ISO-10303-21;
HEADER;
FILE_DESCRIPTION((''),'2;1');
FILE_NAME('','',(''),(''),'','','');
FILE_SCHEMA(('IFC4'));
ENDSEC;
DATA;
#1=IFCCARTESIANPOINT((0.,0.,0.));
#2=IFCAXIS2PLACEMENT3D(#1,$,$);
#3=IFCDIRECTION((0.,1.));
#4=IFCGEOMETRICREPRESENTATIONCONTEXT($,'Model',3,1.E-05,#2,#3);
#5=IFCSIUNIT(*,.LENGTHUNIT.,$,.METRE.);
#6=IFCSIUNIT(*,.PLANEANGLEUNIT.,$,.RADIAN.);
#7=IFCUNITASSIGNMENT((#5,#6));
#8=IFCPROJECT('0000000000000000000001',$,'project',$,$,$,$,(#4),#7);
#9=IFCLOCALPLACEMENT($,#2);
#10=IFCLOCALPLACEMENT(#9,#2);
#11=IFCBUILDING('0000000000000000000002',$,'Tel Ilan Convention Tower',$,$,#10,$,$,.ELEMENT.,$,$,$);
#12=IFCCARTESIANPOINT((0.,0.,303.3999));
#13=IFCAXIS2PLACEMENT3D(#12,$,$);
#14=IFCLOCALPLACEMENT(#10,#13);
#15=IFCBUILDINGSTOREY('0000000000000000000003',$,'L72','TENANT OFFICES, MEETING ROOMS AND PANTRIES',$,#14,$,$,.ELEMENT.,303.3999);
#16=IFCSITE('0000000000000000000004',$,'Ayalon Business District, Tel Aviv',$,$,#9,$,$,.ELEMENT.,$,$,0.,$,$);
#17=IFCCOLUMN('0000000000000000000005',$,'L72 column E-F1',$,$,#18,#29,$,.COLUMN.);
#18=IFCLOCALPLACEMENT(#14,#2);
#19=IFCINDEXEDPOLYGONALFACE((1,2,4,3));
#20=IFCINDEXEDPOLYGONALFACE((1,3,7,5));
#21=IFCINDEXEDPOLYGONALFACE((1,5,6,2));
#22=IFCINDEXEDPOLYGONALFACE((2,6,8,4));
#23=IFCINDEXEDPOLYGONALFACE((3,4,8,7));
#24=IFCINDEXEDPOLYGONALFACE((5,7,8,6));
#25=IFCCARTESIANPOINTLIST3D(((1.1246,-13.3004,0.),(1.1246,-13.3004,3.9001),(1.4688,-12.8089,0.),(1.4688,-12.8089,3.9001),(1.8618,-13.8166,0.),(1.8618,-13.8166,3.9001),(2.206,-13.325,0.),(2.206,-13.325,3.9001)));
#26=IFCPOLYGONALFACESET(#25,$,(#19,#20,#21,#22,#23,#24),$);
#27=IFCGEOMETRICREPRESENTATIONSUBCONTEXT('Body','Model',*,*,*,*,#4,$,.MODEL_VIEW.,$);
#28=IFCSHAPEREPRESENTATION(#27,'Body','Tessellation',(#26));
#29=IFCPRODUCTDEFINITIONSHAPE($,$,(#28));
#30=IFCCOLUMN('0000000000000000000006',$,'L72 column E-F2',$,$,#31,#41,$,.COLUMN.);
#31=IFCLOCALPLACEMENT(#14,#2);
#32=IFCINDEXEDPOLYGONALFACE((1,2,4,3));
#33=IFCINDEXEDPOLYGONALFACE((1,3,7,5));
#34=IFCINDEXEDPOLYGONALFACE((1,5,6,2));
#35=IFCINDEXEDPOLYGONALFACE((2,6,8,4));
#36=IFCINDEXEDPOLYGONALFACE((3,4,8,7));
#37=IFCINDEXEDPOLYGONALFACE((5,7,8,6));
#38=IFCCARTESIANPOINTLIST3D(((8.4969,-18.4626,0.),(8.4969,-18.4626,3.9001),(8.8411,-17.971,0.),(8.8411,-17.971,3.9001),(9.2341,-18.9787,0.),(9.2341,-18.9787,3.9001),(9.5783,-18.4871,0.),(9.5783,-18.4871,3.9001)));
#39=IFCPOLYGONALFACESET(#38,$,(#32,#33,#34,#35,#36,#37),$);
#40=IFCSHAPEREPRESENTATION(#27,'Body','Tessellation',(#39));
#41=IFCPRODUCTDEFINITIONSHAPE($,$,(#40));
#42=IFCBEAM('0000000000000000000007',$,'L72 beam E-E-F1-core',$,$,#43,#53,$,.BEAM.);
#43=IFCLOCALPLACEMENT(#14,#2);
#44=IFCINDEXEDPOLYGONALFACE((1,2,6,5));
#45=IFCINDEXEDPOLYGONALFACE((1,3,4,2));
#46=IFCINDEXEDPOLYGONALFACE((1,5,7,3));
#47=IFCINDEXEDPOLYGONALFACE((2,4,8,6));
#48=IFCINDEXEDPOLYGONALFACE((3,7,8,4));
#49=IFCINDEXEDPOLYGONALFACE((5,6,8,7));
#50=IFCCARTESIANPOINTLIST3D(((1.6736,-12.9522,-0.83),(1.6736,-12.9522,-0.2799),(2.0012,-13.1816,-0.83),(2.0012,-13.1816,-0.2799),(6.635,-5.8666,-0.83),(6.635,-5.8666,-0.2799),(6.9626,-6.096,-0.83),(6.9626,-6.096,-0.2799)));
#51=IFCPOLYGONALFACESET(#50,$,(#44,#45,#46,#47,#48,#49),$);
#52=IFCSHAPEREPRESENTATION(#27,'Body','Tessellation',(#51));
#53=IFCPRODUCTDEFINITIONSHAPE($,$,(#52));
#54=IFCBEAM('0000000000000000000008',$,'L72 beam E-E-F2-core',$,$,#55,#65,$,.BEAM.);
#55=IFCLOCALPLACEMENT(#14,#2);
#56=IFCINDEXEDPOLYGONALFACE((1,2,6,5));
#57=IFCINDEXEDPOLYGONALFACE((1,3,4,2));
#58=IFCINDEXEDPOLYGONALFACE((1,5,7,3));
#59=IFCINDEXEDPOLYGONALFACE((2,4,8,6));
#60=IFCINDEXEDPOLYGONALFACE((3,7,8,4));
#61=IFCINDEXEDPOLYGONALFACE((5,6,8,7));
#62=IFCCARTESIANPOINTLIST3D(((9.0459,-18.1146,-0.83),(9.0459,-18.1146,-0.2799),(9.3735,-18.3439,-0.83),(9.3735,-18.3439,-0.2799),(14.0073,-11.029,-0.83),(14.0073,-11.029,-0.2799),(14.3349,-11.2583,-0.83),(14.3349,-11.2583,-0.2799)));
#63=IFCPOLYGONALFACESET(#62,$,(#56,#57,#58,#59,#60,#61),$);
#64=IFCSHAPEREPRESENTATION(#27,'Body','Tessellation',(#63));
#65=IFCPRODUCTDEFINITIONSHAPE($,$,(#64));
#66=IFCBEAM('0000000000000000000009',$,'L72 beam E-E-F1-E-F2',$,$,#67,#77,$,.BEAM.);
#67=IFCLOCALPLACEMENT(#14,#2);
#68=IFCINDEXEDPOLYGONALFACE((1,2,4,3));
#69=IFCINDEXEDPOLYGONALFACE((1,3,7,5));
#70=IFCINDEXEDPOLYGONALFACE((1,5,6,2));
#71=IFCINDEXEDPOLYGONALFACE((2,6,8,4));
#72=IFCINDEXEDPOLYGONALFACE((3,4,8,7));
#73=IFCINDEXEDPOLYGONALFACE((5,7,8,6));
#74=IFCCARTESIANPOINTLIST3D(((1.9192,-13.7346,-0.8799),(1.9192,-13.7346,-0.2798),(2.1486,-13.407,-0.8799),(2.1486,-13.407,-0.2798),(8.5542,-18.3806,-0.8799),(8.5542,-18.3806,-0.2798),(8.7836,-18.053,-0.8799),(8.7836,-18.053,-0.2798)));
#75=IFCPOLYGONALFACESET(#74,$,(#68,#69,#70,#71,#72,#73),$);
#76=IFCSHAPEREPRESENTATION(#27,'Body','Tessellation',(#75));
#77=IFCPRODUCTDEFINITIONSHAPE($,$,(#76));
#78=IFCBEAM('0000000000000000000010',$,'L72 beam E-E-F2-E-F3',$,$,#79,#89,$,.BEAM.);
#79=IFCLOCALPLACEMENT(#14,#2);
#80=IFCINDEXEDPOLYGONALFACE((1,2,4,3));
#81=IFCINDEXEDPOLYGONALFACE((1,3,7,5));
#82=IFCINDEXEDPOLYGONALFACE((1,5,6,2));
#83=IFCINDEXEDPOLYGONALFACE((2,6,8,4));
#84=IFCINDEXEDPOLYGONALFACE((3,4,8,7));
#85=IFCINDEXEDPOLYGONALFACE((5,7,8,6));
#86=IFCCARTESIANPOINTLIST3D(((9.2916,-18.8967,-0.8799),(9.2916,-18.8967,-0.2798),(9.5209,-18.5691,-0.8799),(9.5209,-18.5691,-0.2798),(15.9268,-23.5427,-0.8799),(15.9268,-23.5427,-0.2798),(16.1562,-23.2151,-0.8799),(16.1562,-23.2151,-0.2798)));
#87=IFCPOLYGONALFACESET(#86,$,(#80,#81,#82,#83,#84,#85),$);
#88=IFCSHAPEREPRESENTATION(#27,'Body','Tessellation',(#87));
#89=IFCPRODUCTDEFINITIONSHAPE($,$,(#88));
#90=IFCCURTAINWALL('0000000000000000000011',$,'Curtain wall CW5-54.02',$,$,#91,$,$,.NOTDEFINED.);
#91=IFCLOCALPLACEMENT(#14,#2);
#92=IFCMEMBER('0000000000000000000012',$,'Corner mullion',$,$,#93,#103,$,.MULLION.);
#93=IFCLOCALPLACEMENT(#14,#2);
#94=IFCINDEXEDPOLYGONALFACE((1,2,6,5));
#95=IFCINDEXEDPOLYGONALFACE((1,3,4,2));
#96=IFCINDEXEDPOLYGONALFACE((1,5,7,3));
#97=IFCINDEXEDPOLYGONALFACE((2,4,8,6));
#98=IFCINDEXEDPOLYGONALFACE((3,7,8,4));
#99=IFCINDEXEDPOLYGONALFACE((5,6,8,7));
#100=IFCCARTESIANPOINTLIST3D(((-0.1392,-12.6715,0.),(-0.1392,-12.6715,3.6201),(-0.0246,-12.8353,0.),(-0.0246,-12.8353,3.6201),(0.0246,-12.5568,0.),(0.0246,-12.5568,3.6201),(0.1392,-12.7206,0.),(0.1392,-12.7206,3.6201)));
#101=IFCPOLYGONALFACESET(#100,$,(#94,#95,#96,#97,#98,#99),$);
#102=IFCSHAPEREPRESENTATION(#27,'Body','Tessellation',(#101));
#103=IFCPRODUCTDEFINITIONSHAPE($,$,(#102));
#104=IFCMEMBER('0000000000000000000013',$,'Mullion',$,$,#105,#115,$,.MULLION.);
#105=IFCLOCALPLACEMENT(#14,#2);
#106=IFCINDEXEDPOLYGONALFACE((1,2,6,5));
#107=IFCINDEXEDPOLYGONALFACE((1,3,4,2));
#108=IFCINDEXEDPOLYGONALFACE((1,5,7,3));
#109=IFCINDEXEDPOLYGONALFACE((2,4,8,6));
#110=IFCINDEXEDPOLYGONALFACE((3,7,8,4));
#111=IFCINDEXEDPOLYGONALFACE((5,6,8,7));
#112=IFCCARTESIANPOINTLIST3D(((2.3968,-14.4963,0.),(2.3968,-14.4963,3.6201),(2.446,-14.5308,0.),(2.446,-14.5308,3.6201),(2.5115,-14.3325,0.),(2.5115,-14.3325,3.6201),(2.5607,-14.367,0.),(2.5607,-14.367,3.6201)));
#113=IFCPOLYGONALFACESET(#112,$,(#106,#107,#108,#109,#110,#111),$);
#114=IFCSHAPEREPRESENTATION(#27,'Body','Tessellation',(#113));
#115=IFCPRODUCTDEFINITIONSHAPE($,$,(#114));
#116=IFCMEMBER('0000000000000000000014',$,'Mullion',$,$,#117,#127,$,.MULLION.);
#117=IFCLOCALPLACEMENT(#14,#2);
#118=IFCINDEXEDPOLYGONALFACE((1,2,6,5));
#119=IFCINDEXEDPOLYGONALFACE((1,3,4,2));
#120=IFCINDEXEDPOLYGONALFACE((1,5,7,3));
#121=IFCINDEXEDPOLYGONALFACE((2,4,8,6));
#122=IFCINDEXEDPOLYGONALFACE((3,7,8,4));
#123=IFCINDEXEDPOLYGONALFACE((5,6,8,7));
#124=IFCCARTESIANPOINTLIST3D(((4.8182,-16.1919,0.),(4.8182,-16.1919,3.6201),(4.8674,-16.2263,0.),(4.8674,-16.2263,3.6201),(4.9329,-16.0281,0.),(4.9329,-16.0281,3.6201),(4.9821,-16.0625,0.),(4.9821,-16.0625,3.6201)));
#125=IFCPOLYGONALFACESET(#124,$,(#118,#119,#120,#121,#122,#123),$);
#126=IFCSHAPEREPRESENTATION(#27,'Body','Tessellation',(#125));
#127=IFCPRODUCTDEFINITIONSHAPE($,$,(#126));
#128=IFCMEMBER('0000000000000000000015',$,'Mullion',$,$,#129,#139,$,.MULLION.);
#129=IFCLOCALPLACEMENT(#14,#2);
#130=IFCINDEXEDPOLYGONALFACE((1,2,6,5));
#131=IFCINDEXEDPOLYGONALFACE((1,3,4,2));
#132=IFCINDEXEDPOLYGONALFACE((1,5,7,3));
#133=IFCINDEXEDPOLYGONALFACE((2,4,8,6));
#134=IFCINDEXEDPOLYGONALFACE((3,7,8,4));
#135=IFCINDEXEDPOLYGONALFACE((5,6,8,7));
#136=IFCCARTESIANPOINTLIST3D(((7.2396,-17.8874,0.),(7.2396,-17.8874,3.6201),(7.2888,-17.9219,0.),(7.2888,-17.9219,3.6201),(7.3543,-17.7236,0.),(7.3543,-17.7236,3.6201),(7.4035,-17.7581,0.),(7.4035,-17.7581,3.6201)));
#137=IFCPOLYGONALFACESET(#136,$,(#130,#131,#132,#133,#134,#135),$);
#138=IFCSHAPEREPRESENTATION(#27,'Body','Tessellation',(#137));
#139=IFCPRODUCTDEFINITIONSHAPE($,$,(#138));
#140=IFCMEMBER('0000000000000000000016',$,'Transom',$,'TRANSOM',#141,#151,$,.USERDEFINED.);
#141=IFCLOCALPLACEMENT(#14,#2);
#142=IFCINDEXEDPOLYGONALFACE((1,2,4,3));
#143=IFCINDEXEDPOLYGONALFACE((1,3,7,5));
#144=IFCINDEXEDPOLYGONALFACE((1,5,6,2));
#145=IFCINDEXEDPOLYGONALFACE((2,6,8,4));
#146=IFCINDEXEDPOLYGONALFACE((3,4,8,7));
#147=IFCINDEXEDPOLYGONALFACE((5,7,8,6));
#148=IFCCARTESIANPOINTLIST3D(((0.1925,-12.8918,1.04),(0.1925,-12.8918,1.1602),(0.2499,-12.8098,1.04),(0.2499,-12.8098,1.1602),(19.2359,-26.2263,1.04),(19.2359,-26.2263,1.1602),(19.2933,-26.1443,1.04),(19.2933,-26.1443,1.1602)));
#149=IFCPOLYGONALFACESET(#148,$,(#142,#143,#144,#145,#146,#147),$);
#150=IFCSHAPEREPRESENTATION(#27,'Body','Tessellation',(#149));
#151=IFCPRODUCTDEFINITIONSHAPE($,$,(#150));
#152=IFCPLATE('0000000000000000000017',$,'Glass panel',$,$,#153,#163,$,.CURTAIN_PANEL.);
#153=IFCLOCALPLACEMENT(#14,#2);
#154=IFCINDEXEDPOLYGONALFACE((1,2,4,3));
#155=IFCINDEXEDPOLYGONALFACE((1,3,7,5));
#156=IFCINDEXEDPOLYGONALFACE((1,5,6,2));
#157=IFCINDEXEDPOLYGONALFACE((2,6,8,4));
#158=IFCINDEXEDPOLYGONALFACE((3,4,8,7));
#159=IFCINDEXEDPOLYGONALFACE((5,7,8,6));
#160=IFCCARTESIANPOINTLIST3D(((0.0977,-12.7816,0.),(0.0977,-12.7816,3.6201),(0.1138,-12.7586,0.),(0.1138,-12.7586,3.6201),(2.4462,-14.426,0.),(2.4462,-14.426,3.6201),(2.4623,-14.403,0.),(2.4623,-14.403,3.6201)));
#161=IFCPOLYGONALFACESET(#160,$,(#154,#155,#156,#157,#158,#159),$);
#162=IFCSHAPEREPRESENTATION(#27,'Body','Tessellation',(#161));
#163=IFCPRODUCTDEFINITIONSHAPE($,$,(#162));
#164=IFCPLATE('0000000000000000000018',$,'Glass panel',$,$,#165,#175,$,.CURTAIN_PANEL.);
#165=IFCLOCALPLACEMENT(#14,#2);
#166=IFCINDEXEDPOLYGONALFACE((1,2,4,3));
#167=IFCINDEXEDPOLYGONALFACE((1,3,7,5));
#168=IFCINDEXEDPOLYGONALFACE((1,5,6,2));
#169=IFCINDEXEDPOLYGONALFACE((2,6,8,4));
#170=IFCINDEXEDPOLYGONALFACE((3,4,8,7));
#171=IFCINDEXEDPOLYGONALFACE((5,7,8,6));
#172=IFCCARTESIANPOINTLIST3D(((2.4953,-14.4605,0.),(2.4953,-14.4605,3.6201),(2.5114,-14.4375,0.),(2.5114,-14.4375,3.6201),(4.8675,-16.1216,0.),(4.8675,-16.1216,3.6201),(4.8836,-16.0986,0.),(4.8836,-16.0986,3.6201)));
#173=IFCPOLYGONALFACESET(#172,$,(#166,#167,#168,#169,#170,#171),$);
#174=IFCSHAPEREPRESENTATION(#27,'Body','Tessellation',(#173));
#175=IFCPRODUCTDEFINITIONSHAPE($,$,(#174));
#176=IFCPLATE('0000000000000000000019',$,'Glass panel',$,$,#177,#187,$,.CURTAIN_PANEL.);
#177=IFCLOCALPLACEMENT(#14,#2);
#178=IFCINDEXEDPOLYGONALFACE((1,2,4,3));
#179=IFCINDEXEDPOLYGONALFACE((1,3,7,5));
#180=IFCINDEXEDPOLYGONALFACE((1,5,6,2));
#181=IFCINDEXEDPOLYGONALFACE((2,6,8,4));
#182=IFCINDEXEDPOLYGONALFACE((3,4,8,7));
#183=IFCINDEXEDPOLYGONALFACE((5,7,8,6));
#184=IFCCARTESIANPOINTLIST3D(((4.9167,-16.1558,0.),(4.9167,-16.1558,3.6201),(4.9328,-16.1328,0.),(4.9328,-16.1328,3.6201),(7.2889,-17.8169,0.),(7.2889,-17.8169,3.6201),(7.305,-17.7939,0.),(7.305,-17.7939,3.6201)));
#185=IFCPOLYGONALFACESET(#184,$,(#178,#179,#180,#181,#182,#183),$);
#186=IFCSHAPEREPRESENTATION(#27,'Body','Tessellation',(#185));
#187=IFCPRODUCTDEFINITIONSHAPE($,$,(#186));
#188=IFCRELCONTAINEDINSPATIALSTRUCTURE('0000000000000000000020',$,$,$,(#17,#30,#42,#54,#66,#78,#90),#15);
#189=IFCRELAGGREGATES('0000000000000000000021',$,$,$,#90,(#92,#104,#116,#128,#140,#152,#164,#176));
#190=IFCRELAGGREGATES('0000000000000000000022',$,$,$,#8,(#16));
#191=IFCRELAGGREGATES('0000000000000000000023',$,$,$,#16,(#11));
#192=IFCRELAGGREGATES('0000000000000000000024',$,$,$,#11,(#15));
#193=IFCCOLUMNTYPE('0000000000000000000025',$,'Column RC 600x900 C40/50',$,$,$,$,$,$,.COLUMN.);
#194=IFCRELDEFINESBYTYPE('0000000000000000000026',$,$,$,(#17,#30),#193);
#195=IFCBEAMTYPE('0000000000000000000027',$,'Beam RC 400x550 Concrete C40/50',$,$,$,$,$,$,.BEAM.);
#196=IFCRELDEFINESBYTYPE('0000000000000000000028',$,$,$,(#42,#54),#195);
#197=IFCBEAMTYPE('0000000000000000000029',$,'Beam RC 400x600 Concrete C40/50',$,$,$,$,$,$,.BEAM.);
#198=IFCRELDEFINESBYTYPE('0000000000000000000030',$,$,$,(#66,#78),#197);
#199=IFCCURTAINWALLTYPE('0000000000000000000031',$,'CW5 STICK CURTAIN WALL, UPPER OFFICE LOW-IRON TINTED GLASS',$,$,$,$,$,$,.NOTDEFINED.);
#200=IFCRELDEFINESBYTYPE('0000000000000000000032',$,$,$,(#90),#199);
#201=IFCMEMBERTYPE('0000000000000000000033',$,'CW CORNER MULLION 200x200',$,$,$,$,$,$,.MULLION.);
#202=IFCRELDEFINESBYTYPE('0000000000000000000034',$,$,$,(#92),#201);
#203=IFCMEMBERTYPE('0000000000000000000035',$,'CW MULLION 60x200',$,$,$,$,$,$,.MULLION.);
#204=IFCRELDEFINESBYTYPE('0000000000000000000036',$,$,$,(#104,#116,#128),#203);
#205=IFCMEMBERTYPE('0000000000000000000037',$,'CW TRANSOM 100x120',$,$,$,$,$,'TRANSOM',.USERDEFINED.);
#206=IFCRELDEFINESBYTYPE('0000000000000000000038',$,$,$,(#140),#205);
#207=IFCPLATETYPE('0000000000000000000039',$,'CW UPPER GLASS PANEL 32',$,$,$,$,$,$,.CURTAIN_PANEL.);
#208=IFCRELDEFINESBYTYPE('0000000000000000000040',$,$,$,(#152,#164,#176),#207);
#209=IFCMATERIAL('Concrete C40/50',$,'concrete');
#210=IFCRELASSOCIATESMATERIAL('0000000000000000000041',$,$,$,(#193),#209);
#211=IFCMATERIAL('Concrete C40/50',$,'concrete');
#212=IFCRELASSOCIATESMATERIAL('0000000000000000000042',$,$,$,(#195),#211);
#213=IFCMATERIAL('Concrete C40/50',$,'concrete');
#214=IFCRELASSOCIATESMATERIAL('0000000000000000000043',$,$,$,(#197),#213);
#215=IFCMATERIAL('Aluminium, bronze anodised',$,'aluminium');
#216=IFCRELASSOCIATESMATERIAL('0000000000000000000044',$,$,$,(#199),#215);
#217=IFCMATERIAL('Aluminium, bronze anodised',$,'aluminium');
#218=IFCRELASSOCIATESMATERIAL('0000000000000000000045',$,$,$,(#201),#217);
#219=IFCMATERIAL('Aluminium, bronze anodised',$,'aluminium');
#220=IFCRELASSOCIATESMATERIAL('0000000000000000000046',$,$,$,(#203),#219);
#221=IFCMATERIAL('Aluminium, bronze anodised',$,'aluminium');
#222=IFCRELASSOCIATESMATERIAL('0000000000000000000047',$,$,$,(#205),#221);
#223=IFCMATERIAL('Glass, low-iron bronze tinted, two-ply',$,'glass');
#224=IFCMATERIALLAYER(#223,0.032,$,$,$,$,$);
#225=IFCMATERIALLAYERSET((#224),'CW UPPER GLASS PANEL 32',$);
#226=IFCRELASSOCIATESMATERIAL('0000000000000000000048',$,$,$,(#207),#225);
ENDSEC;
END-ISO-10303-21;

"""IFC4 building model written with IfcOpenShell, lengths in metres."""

from ifc_helpers import new_model, si_unit, direction, frame, origin, origin_2d, place, context, subcontext, project, spatial, rectangle, extrude, material, layer, layer_set, material_profile, profile_set, type_object, element, aggregate, save


model = new_model("IFC4")

# Units and contexts
model_context = context("Model", 3, precision=1e-05, world=origin(), true_north=direction((0.0, 1.0)))
body_context = subcontext(model_context, "Body", "Model", "MODEL_VIEW")
ifc_project = project(units=[si_unit("LENGTHUNIT", "METRE"), si_unit("PLANEANGLEUNIT", "RADIAN")], contexts=[model_context])

# Site, building, storey
site_placement = place(None, origin())
site = spatial("IfcSite", under=ifc_project, at=site_placement, Name="Ayalon Business District, Tel Aviv", CompositionType="ELEMENT", RefElevation=0.0)
building_placement = place(site_placement, origin())
building = spatial("IfcBuilding", under=site, at=building_placement, Name="Tel Ilan Convention Tower", CompositionType="ELEMENT")
storey_placement = place(building_placement, frame((0.0, 0.0, 303.3999)))
storey = spatial("IfcBuildingStorey", under=building, at=storey_placement, Name="L72", Description="TENANT OFFICES, MEETING ROOMS AND PANTRIES", CompositionType="ELEMENT", Elevation=303.3999)

# Columns
ifc_material_1 = material(Name="Concrete C40/50", Category="concrete")
ifc_material_profile_1 = material_profile(ifc_material_1, rectangle(XDim=0.8999, YDim=0.6001, at=origin_2d()), Name="RC 600x900")
ifc_profile_set_1 = profile_set([ifc_material_profile_1], Name="Concrete C40/50")
column_type = type_object("IfcColumnType", Name="Column RC 600x900 C40/50", PredefinedType="COLUMN", material=ifc_profile_set_1)
for number, where, z_axis, x_axis, name in (
    (1, (1.6653, -13.3127, 0.0), (0.0, 0.0, 1.0), (0.819152, -0.573576, 0.0), "L72 column E-F1"),
    (2, (9.0376, -18.4749, 0.0), (0.0, 0.0, 1.0), (0.819152, -0.573576, 0.0), "L72 column E-F2"),
):
    element("IfcColumn", number, at=place(storey_placement, frame(where, z_axis=z_axis, x_axis=x_axis)), inside=storey, type_object=column_type, Name=name, PredefinedType="COLUMN", context=body_context, shape_type="SweptSolid", body=[
        extrude(rectangle(XDim=0.8999, YDim=0.6001, at=origin_2d()), origin(), (0.0, 0.0, 1.0), 3.9001),
    ])

# Beams
ifc_material_2 = material(Name="Concrete C40/50", Category="concrete")
ifc_material_profile_2 = material_profile(ifc_material_2, rectangle(XDim=0.3999, YDim=0.55, at=origin_2d()), Name="RC 400x550")
ifc_profile_set_2 = profile_set([ifc_material_profile_2], Name="Concrete C40/50")
beam_type_1 = type_object("IfcBeamType", Name="Beam RC 400x550 Concrete C40/50", PredefinedType="BEAM", material=ifc_profile_set_2)
for number, where, z_axis, x_axis, name in (
    (3, (1.8374, -13.0669, -0.5549), (0.573574, 0.819154, 0.0), (-0.819154, 0.573574, 0.0), "L72 beam E-E-F1-core"),
    (4, (9.2097, -18.2292, -0.5549), (0.573574, 0.819154, 0.0), (-0.819154, 0.573574, 0.0), "L72 beam E-E-F2-core"),
):
    element("IfcBeam", number, at=place(storey_placement, frame(where, z_axis=z_axis, x_axis=x_axis)), inside=storey, type_object=beam_type_1, Name=name, PredefinedType="BEAM", context=body_context, shape_type="SweptSolid", body=[
        extrude(rectangle(XDim=0.3999, YDim=0.55, at=origin_2d()), origin(), (0.0, 0.0, 1.0), 8.6499),
    ])
ifc_material_3 = material(Name="Concrete C40/50", Category="concrete")
ifc_material_profile_3 = material_profile(ifc_material_3, rectangle(XDim=0.3999, YDim=0.6001, at=origin_2d()), Name="RC 400x600")
ifc_profile_set_3 = profile_set([ifc_material_profile_3], Name="Concrete C40/50")
beam_type_2 = type_object("IfcBeamType", Name="Beam RC 400x600 Concrete C40/50", PredefinedType="BEAM", material=ifc_profile_set_3)
beam_1_placement = place(storey_placement, frame((2.0339, -13.5708, -0.5798), z_axis=(0.819146, -0.573586, 0.0), x_axis=(0.573586, 0.819146, 0.0)))
element("IfcBeam", 5, at=beam_1_placement, inside=storey, type_object=beam_type_2, Name="L72 beam E-E-F1-E-F2", PredefinedType="BEAM", context=body_context, shape_type="SweptSolid", body=[
    extrude(rectangle(XDim=0.3999, YDim=0.6001, at=origin_2d()), origin(), (0.0, 0.0, 1.0), 8.0999),
])
beam_2_placement = place(storey_placement, frame((9.4062, -18.7329, -0.5798), z_axis=(0.819155, -0.573572, 0.0), x_axis=(0.573572, 0.819155, 0.0)))
element("IfcBeam", 6, at=beam_2_placement, inside=storey, type_object=beam_type_2, Name="L72 beam E-E-F2-E-F3", PredefinedType="BEAM", context=body_context, shape_type="SweptSolid", body=[
    extrude(rectangle(XDim=0.3999, YDim=0.6001, at=origin_2d()), origin(), (0.0, 0.0, 1.0), 8.1001),
])

# Curtain wall, members, plates
ifc_material_4 = material(Name="Aluminium, bronze anodised", Category="aluminium")
curtain_wall_type = type_object("IfcCurtainWallType", Name="CW5 STICK CURTAIN WALL, UPPER OFFICE LOW-IRON TINTED GLASS", PredefinedType="NOTDEFINED", material=ifc_material_4)
curtain_wall_placement = place(storey_placement, origin())
curtain_wall = element("IfcCurtainWall", 7, at=curtain_wall_placement, inside=storey, type_object=curtain_wall_type, Name="Curtain wall CW5-54.02", PredefinedType="NOTDEFINED")
ifc_material_5 = material(Name="Aluminium, bronze anodised", Category="aluminium")
ifc_material_profile_4 = material_profile(ifc_material_5, rectangle(XDim=0.2, YDim=0.2, at=origin_2d()), Name="CW CORNER MULLION 200x200")
ifc_profile_set_4 = profile_set([ifc_material_profile_4], Name="Aluminium, bronze anodised")
member_type_1 = type_object("IfcMemberType", Name="CW CORNER MULLION 200x200", PredefinedType="MULLION", material=ifc_profile_set_4)
member_1_placement = place(storey_placement, frame((0.0, -12.696, 0.0), z_axis=(0.0, 0.0, 1.0), x_axis=(0.819152, 0.573576, 0.0)))
member_1 = element("IfcMember", 8, at=member_1_placement, type_object=member_type_1, Name="Corner mullion", PredefinedType="MULLION", context=body_context, shape_type="SweptSolid", body=[
    extrude(rectangle(XDim=0.2, YDim=0.2, at=origin_2d()), origin(), (0.0, 0.0, 1.0), 3.6201),
])
ifc_material_6 = material(Name="Aluminium, bronze anodised", Category="aluminium")
ifc_material_profile_5 = material_profile(ifc_material_6, rectangle(XDim=0.0601, YDim=0.2, at=origin_2d()), Name="CW MULLION 60x200")
ifc_profile_set_5 = profile_set([ifc_material_profile_5], Name="Aluminium, bronze anodised")
member_type_2 = type_object("IfcMemberType", Name="CW MULLION 60x200", PredefinedType="MULLION", material=ifc_profile_set_5)
member_2_placement = place(storey_placement, frame((2.4788, -14.4316, 0.0), z_axis=(0.0, 0.0, 1.0), x_axis=(0.819152, -0.573576, 0.0)))
member_2 = element("IfcMember", 9, at=member_2_placement, type_object=member_type_2, Name="Mullion", PredefinedType="MULLION", context=body_context, shape_type="SweptSolid", body=[
    extrude(rectangle(XDim=0.0601, YDim=0.2, at=origin_2d()), origin(), (0.0, 0.0, 1.0), 3.6201),
])
member_3_placement = place(storey_placement, frame((4.9001, -16.1272, 0.0), z_axis=(0.0, 0.0, 1.0), x_axis=(0.819152, -0.573576, 0.0)))
member_3 = element("IfcMember", 10, at=member_3_placement, type_object=member_type_2, Name="Mullion", PredefinedType="MULLION", context=body_context, shape_type="SweptSolid", body=[
    extrude(rectangle(XDim=0.0601, YDim=0.2, at=origin_2d()), origin(), (0.0, 0.0, 1.0), 3.6201),
])
member_4_placement = place(storey_placement, frame((7.3215, -17.8228, 0.0), z_axis=(0.0, 0.0, 1.0), x_axis=(0.819152, -0.573576, 0.0)))
member_4 = element("IfcMember", 11, at=member_4_placement, type_object=member_type_2, Name="Mullion", PredefinedType="MULLION", context=body_context, shape_type="SweptSolid", body=[
    extrude(rectangle(XDim=0.0601, YDim=0.2, at=origin_2d()), origin(), (0.0, 0.0, 1.0), 3.6201),
])
ifc_material_7 = material(Name="Aluminium, bronze anodised", Category="aluminium")
ifc_material_profile_6 = material_profile(ifc_material_7, rectangle(XDim=0.1001, YDim=0.1201, at=origin_2d()), Name="CW TRANSOM 100x120")
ifc_profile_set_6 = profile_set([ifc_material_profile_6], Name="Aluminium, bronze anodised")
member_type_3 = type_object("IfcMemberType", Name="CW TRANSOM 100x120", ElementType="TRANSOM", PredefinedType="USERDEFINED", material=ifc_profile_set_6)
member_5_placement = place(storey_placement, frame((0.2212, -12.8508, 1.1001), z_axis=(0.81915, -0.573579, 0.0), x_axis=(0.573579, 0.81915, 0.0)))
member_5 = element("IfcMember", 12, at=member_5_placement, type_object=member_type_3, Name="Transom", ObjectType="TRANSOM", PredefinedType="USERDEFINED", context=body_context, shape_type="SweptSolid", body=[
    extrude(rectangle(XDim=0.1001, YDim=0.1201, at=origin_2d()), origin(), (0.0, 0.0, 1.0), 23.2478),
])
ifc_material_8 = material(Name="Glass, low-iron bronze tinted, two-ply", Category="glass")
ifc_layer_1 = layer(ifc_material_8, 0.032)
ifc_layer_set_1 = layer_set([ifc_layer_1], Name="CW UPPER GLASS PANEL 32")
plate_type = type_object("IfcPlateType", Name="CW UPPER GLASS PANEL 32", PredefinedType="CURTAIN_PANEL", material=ifc_layer_set_1)
plate_1_placement = place(storey_placement, frame((1.28, -13.5923, 0.0), z_axis=(0.0, 0.0, 1.0), x_axis=(0.819152, -0.573576, 0.0)))
plate_1 = element("IfcPlate", 13, at=plate_1_placement, type_object=plate_type, Name="Glass panel", PredefinedType="CURTAIN_PANEL", context=body_context, shape_type="SweptSolid", body=[
    extrude(rectangle(XDim=2.8669, YDim=0.0281, at=origin_2d()), origin(), (0.0, 0.0, 1.0), 3.6201),
])
plate_2_placement = place(storey_placement, frame((3.6895, -15.2795, 0.0), z_axis=(0.0, 0.0, 1.0), x_axis=(0.819152, -0.573576, 0.0)))
plate_2 = element("IfcPlate", 14, at=plate_2_placement, type_object=plate_type, Name="Glass panel", PredefinedType="CURTAIN_PANEL", context=body_context, shape_type="SweptSolid", body=[
    extrude(rectangle(XDim=2.896, YDim=0.0281, at=origin_2d()), origin(), (0.0, 0.0, 1.0), 3.6201),
])
plate_3_placement = place(storey_placement, frame((6.1108, -16.9749, 0.0), z_axis=(0.0, 0.0, 1.0), x_axis=(0.819152, -0.573576, 0.0)))
plate_3 = element("IfcPlate", 15, at=plate_3_placement, type_object=plate_type, Name="Glass panel", PredefinedType="CURTAIN_PANEL", context=body_context, shape_type="SweptSolid", body=[
    extrude(rectangle(XDim=2.896, YDim=0.0281, at=origin_2d()), origin(), (0.0, 0.0, 1.0), 3.6201),
])
aggregate(curtain_wall, [member_1, member_2, member_3, member_4, member_5, plate_1, plate_2, plate_3])

save(model, "model.ifc")
